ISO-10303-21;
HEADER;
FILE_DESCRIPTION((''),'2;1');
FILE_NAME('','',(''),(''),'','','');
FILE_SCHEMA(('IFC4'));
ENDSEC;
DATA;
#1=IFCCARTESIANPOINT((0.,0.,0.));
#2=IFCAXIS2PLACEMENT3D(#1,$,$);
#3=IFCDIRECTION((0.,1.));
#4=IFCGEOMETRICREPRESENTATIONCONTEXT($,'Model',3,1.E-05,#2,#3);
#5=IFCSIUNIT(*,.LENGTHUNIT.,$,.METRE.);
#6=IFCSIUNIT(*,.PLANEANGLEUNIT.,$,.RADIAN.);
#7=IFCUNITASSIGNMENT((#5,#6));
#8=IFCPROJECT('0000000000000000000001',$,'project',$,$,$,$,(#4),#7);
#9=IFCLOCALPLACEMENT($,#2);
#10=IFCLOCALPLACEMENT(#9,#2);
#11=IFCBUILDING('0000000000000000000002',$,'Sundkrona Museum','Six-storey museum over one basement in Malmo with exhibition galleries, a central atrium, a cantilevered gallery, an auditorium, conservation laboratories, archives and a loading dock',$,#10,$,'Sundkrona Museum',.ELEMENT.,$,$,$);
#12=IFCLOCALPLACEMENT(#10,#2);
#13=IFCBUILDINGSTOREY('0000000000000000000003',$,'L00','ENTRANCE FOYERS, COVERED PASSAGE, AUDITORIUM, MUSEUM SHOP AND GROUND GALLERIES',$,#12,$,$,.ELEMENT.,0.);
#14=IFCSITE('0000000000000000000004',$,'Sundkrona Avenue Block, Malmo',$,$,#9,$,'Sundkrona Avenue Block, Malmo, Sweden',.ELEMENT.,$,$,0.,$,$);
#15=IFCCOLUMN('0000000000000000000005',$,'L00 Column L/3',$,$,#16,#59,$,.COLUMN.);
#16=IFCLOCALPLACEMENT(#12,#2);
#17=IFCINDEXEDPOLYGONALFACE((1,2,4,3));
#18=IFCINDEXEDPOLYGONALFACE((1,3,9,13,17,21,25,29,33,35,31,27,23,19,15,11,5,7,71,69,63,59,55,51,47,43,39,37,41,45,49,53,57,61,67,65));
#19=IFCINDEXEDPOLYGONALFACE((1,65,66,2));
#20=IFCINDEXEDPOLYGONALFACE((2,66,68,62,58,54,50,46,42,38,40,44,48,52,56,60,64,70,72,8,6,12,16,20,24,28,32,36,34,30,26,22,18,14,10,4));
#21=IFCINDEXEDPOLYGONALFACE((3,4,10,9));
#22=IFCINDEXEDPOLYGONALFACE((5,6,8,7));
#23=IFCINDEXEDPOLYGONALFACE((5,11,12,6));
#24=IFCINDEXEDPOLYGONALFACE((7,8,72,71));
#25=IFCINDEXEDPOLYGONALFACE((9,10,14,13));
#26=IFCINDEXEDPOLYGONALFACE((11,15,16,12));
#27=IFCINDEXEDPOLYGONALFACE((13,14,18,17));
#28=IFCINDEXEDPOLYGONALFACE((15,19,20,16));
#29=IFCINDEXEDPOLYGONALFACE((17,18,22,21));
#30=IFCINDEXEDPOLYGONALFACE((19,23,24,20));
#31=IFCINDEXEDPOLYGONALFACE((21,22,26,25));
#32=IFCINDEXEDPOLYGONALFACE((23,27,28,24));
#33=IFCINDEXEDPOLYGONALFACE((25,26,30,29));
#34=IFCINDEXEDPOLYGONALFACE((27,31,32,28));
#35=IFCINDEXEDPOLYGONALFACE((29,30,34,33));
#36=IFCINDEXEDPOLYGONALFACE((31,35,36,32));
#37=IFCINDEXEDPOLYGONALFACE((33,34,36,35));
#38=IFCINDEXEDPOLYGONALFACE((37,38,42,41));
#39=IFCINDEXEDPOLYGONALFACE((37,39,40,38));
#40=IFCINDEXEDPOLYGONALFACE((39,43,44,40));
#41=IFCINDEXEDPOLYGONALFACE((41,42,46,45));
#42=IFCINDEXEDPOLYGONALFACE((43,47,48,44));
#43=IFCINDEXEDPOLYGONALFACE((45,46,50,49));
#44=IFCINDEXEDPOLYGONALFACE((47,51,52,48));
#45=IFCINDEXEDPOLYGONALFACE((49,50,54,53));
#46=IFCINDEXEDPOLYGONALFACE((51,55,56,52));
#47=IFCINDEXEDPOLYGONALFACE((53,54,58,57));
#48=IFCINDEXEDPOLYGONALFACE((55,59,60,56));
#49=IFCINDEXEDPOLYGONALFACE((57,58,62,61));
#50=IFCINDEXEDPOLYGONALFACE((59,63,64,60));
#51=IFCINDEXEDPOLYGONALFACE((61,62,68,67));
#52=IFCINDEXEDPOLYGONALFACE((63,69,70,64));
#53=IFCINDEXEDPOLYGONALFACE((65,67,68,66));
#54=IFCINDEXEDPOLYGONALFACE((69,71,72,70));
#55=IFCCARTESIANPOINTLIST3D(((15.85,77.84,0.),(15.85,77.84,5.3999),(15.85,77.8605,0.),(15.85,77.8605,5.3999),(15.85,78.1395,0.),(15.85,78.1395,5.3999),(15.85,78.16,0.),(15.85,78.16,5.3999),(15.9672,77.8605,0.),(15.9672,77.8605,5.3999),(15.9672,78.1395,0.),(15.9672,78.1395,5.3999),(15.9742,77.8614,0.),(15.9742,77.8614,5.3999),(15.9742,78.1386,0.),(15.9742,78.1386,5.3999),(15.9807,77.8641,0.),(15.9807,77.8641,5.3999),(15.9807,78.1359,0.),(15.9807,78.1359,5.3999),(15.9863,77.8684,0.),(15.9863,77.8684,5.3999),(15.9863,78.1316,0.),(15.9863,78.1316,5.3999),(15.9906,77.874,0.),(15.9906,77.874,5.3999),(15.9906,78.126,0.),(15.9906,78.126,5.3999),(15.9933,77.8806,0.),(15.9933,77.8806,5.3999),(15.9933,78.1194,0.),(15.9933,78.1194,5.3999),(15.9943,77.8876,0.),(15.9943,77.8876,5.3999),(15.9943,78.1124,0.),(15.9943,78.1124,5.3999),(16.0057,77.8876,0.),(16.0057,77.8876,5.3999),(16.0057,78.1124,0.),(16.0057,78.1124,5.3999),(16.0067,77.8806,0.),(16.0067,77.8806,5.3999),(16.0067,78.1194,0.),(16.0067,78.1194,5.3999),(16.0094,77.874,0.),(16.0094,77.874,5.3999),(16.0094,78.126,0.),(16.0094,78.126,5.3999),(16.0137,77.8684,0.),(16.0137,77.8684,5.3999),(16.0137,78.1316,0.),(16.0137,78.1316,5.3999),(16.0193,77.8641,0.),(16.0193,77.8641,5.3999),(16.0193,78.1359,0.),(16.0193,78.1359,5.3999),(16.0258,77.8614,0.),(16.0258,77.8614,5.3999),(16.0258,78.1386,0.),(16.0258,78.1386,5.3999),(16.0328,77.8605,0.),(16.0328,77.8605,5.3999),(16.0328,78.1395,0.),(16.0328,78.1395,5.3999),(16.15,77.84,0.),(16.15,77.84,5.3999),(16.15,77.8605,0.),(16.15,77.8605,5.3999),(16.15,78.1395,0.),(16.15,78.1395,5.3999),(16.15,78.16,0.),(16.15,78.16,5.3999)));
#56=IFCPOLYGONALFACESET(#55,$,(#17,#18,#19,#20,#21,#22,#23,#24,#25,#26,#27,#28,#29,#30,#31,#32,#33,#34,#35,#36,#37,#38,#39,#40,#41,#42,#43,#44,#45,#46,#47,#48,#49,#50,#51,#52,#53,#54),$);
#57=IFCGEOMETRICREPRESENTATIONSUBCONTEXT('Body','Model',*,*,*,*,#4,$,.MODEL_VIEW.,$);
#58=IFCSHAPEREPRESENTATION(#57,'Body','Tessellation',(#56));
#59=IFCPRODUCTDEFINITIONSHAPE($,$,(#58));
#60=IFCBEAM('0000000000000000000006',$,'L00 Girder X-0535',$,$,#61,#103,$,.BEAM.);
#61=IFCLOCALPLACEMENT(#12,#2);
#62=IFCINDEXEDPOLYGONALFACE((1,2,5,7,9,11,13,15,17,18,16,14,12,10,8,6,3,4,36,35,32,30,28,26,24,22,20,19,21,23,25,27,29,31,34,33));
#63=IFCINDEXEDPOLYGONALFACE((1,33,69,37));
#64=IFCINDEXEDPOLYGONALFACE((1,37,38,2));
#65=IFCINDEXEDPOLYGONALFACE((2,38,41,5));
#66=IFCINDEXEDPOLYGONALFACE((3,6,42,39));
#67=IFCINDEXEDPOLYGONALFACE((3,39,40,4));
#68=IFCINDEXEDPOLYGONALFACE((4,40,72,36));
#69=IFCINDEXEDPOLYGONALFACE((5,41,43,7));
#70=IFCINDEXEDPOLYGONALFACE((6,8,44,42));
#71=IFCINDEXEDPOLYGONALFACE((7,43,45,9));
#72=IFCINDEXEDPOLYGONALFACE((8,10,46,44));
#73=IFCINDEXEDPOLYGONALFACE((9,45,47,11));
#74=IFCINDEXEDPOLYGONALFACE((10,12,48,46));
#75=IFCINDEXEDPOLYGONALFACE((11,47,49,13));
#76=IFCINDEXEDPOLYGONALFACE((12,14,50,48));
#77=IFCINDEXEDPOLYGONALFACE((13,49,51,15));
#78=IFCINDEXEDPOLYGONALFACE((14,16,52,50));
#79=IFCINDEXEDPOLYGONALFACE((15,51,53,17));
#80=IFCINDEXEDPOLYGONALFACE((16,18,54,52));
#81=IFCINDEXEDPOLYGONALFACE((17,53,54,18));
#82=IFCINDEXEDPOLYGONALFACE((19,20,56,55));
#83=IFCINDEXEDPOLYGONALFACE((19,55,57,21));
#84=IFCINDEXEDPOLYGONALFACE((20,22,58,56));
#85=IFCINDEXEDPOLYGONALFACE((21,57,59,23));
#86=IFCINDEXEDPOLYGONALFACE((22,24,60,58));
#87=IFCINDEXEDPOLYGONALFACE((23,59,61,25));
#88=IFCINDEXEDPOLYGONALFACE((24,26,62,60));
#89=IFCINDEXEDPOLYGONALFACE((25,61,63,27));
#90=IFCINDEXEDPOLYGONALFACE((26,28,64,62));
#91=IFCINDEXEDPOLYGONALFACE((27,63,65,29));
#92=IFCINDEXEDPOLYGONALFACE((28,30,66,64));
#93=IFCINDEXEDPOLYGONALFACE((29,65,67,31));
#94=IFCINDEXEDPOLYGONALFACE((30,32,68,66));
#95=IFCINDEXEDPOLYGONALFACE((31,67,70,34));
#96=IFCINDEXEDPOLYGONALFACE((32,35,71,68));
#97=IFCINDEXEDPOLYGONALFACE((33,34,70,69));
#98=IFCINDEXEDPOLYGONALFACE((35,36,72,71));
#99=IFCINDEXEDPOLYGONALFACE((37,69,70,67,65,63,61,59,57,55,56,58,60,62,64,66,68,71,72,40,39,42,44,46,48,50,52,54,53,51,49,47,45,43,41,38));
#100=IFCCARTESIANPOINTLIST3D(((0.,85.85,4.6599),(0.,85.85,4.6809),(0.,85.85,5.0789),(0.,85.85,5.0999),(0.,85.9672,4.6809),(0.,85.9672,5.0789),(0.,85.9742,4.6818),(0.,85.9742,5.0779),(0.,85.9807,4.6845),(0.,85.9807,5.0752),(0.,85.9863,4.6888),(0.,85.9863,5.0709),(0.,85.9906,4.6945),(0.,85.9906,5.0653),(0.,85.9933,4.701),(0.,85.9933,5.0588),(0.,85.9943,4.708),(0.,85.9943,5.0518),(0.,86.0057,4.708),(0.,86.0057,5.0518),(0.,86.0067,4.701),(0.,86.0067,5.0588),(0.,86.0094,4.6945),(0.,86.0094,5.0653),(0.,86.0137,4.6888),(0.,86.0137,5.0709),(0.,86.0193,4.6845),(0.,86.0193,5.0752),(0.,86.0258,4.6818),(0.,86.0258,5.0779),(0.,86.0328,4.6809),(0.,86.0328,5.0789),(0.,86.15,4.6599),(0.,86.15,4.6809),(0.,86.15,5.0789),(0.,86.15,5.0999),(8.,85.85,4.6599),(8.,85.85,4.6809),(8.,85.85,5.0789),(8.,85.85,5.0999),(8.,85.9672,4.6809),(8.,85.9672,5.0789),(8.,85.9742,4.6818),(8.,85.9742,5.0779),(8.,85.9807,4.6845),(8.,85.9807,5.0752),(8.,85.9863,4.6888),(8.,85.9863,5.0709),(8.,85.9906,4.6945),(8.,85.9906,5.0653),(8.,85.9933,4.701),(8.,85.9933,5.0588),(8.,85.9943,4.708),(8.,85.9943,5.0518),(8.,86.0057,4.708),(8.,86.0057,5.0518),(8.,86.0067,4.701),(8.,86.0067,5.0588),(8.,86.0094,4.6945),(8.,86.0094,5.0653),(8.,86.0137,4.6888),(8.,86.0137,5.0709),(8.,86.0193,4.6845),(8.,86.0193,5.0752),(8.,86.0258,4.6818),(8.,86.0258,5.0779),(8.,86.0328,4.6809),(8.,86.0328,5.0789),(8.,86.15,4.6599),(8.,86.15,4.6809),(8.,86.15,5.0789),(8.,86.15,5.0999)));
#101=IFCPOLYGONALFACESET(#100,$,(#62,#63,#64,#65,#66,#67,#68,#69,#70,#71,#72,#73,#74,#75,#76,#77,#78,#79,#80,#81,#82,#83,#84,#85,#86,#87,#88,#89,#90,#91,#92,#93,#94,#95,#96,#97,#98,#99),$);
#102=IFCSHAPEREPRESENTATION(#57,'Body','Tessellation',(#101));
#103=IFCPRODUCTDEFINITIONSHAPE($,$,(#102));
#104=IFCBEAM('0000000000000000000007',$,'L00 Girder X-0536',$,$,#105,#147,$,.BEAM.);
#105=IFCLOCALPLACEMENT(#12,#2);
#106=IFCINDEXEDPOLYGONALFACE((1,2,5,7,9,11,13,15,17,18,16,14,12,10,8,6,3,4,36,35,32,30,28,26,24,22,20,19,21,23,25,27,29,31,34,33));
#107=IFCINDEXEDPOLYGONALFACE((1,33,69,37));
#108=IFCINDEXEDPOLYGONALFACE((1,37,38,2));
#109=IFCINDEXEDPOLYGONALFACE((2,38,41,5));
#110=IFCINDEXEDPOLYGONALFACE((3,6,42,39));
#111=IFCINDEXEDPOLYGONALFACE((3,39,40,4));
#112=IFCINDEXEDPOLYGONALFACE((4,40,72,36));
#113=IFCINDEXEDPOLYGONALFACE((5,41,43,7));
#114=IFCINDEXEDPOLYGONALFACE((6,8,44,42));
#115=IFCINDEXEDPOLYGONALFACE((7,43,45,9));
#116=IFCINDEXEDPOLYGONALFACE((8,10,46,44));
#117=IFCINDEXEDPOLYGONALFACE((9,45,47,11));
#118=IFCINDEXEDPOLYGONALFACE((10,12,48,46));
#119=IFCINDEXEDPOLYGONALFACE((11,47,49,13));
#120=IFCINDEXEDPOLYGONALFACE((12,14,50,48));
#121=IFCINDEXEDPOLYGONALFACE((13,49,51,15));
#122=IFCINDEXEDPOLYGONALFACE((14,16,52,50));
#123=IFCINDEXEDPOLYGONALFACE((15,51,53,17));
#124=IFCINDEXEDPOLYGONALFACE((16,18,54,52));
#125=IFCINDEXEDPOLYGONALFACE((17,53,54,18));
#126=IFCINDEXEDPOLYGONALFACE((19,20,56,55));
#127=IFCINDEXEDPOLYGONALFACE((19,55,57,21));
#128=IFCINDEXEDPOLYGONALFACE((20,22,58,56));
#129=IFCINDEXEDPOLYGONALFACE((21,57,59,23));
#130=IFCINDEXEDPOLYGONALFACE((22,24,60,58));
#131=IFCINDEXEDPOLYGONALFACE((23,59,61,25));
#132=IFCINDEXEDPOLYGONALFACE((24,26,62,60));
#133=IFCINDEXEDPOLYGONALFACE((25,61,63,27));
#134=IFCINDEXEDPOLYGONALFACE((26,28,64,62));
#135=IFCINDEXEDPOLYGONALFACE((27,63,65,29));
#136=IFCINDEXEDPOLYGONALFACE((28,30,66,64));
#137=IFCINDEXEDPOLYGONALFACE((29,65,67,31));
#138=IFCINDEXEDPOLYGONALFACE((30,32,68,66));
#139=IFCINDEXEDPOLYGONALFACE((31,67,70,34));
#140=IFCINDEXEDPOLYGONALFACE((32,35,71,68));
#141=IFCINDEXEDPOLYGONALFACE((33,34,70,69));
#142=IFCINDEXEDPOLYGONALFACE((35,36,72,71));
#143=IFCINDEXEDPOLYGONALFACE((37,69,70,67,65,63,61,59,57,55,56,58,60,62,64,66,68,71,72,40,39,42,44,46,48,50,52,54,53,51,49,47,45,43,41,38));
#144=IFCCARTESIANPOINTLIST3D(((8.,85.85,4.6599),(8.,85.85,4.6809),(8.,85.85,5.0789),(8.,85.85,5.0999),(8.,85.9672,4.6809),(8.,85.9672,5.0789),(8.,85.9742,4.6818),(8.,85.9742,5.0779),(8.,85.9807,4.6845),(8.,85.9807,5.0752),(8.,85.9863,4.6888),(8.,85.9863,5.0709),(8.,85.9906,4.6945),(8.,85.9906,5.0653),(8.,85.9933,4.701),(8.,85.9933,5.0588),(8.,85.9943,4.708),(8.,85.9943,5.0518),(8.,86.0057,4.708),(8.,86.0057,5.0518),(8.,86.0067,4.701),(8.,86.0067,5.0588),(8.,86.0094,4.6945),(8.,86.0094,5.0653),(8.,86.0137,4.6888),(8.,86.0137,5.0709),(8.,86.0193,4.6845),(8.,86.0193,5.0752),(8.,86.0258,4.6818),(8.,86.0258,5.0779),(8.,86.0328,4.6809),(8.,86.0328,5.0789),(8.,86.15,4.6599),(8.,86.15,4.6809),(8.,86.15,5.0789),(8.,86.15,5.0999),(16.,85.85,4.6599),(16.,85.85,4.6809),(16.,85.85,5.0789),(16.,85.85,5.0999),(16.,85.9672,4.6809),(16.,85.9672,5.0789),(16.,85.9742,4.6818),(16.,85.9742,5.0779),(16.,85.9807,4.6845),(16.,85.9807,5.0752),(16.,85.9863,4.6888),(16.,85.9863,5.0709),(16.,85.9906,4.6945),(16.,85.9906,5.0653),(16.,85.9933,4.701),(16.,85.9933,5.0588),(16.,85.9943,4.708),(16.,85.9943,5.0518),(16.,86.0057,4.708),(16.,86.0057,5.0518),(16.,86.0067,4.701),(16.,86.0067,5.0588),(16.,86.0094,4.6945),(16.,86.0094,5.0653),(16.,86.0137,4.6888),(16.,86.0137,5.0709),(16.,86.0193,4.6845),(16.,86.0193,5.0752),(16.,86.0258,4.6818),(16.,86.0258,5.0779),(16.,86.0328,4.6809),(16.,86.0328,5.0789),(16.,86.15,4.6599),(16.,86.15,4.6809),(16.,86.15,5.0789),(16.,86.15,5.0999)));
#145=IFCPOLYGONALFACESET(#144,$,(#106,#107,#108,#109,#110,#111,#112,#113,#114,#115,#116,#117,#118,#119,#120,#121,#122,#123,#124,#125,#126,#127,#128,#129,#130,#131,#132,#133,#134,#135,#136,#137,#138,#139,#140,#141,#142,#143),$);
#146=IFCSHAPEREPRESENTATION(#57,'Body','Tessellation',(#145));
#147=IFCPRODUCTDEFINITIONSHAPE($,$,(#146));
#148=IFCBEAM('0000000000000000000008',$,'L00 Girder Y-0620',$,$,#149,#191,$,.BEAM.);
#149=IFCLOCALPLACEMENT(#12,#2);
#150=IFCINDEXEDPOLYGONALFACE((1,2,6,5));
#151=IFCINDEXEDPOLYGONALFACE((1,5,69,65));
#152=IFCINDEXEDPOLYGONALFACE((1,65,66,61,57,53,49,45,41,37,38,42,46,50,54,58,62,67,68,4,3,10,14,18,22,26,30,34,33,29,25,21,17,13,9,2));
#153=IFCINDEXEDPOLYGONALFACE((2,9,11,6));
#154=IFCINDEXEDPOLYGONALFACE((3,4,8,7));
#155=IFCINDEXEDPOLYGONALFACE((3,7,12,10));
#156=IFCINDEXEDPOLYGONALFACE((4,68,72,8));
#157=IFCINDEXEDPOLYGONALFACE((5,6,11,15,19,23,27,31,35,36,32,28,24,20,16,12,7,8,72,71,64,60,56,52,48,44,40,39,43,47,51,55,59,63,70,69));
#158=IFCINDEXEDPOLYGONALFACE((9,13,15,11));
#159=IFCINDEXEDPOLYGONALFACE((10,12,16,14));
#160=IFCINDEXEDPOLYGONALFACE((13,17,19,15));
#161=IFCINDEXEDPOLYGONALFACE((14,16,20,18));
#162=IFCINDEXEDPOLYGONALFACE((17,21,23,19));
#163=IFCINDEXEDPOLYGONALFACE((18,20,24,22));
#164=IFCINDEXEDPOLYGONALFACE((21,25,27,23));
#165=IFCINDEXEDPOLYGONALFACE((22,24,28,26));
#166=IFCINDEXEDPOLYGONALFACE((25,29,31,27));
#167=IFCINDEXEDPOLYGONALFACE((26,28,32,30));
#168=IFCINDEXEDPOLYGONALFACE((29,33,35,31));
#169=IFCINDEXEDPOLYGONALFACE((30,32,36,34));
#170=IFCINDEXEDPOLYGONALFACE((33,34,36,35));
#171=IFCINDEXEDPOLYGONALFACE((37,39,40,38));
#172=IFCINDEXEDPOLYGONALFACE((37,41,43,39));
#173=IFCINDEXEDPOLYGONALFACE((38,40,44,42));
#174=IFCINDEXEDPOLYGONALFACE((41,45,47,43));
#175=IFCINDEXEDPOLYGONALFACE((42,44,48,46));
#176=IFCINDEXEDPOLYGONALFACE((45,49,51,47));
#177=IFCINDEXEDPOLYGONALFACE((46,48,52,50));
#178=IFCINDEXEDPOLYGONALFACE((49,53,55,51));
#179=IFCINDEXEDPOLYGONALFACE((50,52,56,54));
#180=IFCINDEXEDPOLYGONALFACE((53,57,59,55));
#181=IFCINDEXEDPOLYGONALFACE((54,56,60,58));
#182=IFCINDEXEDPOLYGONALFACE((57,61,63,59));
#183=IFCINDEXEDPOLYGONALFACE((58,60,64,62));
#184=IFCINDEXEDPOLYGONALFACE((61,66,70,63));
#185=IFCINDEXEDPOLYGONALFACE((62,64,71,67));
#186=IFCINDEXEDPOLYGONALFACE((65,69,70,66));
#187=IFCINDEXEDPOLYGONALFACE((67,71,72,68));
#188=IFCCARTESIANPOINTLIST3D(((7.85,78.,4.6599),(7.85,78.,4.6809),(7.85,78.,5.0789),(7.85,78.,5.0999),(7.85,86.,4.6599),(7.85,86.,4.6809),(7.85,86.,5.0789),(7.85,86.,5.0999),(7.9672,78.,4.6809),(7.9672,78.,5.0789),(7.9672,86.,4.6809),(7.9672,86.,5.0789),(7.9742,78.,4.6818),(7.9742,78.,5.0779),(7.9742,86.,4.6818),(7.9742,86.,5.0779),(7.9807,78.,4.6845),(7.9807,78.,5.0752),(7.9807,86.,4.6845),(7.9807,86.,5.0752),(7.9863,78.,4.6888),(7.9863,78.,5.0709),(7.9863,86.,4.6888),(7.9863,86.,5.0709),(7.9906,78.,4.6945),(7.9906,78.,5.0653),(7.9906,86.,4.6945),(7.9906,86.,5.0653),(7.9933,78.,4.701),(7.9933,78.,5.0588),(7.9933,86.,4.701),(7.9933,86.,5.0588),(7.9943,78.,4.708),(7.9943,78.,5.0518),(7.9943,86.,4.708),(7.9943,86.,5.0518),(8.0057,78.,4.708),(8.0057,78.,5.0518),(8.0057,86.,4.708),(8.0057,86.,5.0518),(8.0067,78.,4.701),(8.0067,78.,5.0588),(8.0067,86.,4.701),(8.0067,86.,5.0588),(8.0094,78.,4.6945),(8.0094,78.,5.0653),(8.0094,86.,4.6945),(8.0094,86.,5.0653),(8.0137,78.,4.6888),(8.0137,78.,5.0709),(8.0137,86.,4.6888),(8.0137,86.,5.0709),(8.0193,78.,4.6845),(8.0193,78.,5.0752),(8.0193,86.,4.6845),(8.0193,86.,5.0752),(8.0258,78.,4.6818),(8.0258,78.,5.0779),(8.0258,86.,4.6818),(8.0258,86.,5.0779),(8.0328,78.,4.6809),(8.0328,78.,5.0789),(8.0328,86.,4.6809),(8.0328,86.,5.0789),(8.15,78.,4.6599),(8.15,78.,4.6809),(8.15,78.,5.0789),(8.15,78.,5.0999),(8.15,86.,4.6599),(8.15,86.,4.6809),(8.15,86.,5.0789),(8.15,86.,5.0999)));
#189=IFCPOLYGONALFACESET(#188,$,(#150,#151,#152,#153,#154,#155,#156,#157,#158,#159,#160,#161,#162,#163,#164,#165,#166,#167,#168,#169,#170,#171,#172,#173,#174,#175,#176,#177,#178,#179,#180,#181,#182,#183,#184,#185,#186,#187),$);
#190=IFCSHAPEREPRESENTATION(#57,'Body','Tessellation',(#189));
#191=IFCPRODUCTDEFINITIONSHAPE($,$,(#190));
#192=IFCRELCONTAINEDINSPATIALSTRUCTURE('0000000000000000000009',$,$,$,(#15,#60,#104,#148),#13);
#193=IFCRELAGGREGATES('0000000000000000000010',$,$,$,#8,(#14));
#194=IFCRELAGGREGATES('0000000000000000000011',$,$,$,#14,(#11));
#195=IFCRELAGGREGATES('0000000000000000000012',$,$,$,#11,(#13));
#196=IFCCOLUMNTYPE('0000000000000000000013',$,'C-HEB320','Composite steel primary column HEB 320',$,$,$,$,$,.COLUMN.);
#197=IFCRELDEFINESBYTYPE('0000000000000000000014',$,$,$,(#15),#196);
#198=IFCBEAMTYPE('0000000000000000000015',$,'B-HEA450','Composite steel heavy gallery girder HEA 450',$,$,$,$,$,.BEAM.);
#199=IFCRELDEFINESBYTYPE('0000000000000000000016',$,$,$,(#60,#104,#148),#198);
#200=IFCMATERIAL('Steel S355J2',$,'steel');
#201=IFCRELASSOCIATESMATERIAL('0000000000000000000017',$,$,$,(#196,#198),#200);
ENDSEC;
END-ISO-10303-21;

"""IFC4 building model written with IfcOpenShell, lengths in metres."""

from ifc_helpers import new_model, si_unit, direction, frame, origin, origin_2d, place, context, subcontext, project, spatial, i_section, extrude, material, material_profile, profile_set, type_object, element, save


model = new_model("IFC4")

# Units and contexts
model_context = context("Model", 3, precision=1e-05, world=origin(), true_north=direction((0.0, 1.0)))
body_context = subcontext(model_context, "Body", "Model", "MODEL_VIEW")
ifc_project = project(units=[si_unit("LENGTHUNIT", "METRE"), si_unit("PLANEANGLEUNIT", "RADIAN")], contexts=[model_context])

# Site, building, storey
site_placement = place(None, origin())
site = spatial("IfcSite", under=ifc_project, at=site_placement, Name="Sundkrona Avenue Block, Malmo", LongName="Sundkrona Avenue Block, Malmo, Sweden", CompositionType="ELEMENT", RefElevation=0.0)
building_placement = place(site_placement, origin())
building = spatial("IfcBuilding", under=site, at=building_placement, Name="Sundkrona Museum", Description="Six-storey museum over one basement in Malmo with exhibition galleries, a central atrium, a cantilevered gallery, an auditorium, conservation laboratories, archives and a loading dock", LongName="Sundkrona Museum", CompositionType="ELEMENT")
storey_placement = place(building_placement, origin())
storey = spatial("IfcBuildingStorey", under=building, at=storey_placement, Name="L00", Description="ENTRANCE FOYERS, COVERED PASSAGE, AUDITORIUM, MUSEUM SHOP AND GROUND GALLERIES", CompositionType="ELEMENT", Elevation=0.0)

# Column
ifc_material_1 = material(Name="Steel S355J2", Category="steel")
ifc_material_profile_1 = material_profile(ifc_material_1, i_section(OverallWidth=0.3, OverallDepth=0.3201, WebThickness=0.0115, FlangeThickness=0.0205, FilletRadius=0.0271, at=origin_2d()), Name="HEB 320")
ifc_profile_set_1 = profile_set([ifc_material_profile_1], Name="Steel S355J2")
column_type = type_object("IfcColumnType", Name="C-HEB320", Description="Composite steel primary column HEB 320", PredefinedType="COLUMN", material=ifc_profile_set_1)
for number, where, z_axis, x_axis, name in (
    (1, (16.0, 78.0, 0.0), (0.0, 0.0, 1.0), (1.0, 0.0, 0.0), "L00 Column L/3"),
):
    element("IfcColumn", number, at=place(storey_placement, frame(where, z_axis=z_axis, x_axis=x_axis)), inside=storey, type_object=column_type, Name=name, PredefinedType="COLUMN", context=body_context, shape_type="SweptSolid", body=[
        extrude(i_section(OverallWidth=0.3, OverallDepth=0.3201, WebThickness=0.0115, FlangeThickness=0.0205, FilletRadius=0.0271, at=origin_2d()), origin(), (0.0, 0.0, 1.0), 5.3999),
    ])

# Beams
ifc_material_profile_2 = material_profile(ifc_material_1, i_section(OverallWidth=0.3, OverallDepth=0.4399, WebThickness=0.0115, FlangeThickness=0.021, FilletRadius=0.0271, at=origin_2d()), Name="HEA 450")
ifc_profile_set_2 = profile_set([ifc_material_profile_2], Name="Steel S355J2")
beam_type_1 = type_object("IfcBeamType", Name="B-HEA450", Description="Composite steel heavy gallery girder HEA 450", PredefinedType="BEAM", material=ifc_profile_set_2)
for number, where, z_axis, x_axis, name in (
    (2, (0.0, 86.0, 4.8799), (1.0, 0.0, 0.0), (0.0, 1.0, 0.0), "L00 Girder X-0535"),
    (3, (8.0, 86.0, 4.8799), (1.0, 0.0, 0.0), (0.0, 1.0, 0.0), "L00 Girder X-0536"),
    (4, (8.0, 78.0, 4.8799), (0.0, 1.0, 0.0), (-1.0, 0.0, 0.0), "L00 Girder Y-0620"),
):
    element("IfcBeam", number, at=place(storey_placement, frame(where, z_axis=z_axis, x_axis=x_axis)), inside=storey, type_object=beam_type_1, Name=name, PredefinedType="BEAM", context=body_context, shape_type="SweptSolid", body=[
        extrude(i_section(OverallWidth=0.3, OverallDepth=0.4399, WebThickness=0.0115, FlangeThickness=0.021, FilletRadius=0.0271, at=origin_2d()), origin(), (0.0, 0.0, 1.0), 8.0),
    ])

save(model, "model.ifc")
